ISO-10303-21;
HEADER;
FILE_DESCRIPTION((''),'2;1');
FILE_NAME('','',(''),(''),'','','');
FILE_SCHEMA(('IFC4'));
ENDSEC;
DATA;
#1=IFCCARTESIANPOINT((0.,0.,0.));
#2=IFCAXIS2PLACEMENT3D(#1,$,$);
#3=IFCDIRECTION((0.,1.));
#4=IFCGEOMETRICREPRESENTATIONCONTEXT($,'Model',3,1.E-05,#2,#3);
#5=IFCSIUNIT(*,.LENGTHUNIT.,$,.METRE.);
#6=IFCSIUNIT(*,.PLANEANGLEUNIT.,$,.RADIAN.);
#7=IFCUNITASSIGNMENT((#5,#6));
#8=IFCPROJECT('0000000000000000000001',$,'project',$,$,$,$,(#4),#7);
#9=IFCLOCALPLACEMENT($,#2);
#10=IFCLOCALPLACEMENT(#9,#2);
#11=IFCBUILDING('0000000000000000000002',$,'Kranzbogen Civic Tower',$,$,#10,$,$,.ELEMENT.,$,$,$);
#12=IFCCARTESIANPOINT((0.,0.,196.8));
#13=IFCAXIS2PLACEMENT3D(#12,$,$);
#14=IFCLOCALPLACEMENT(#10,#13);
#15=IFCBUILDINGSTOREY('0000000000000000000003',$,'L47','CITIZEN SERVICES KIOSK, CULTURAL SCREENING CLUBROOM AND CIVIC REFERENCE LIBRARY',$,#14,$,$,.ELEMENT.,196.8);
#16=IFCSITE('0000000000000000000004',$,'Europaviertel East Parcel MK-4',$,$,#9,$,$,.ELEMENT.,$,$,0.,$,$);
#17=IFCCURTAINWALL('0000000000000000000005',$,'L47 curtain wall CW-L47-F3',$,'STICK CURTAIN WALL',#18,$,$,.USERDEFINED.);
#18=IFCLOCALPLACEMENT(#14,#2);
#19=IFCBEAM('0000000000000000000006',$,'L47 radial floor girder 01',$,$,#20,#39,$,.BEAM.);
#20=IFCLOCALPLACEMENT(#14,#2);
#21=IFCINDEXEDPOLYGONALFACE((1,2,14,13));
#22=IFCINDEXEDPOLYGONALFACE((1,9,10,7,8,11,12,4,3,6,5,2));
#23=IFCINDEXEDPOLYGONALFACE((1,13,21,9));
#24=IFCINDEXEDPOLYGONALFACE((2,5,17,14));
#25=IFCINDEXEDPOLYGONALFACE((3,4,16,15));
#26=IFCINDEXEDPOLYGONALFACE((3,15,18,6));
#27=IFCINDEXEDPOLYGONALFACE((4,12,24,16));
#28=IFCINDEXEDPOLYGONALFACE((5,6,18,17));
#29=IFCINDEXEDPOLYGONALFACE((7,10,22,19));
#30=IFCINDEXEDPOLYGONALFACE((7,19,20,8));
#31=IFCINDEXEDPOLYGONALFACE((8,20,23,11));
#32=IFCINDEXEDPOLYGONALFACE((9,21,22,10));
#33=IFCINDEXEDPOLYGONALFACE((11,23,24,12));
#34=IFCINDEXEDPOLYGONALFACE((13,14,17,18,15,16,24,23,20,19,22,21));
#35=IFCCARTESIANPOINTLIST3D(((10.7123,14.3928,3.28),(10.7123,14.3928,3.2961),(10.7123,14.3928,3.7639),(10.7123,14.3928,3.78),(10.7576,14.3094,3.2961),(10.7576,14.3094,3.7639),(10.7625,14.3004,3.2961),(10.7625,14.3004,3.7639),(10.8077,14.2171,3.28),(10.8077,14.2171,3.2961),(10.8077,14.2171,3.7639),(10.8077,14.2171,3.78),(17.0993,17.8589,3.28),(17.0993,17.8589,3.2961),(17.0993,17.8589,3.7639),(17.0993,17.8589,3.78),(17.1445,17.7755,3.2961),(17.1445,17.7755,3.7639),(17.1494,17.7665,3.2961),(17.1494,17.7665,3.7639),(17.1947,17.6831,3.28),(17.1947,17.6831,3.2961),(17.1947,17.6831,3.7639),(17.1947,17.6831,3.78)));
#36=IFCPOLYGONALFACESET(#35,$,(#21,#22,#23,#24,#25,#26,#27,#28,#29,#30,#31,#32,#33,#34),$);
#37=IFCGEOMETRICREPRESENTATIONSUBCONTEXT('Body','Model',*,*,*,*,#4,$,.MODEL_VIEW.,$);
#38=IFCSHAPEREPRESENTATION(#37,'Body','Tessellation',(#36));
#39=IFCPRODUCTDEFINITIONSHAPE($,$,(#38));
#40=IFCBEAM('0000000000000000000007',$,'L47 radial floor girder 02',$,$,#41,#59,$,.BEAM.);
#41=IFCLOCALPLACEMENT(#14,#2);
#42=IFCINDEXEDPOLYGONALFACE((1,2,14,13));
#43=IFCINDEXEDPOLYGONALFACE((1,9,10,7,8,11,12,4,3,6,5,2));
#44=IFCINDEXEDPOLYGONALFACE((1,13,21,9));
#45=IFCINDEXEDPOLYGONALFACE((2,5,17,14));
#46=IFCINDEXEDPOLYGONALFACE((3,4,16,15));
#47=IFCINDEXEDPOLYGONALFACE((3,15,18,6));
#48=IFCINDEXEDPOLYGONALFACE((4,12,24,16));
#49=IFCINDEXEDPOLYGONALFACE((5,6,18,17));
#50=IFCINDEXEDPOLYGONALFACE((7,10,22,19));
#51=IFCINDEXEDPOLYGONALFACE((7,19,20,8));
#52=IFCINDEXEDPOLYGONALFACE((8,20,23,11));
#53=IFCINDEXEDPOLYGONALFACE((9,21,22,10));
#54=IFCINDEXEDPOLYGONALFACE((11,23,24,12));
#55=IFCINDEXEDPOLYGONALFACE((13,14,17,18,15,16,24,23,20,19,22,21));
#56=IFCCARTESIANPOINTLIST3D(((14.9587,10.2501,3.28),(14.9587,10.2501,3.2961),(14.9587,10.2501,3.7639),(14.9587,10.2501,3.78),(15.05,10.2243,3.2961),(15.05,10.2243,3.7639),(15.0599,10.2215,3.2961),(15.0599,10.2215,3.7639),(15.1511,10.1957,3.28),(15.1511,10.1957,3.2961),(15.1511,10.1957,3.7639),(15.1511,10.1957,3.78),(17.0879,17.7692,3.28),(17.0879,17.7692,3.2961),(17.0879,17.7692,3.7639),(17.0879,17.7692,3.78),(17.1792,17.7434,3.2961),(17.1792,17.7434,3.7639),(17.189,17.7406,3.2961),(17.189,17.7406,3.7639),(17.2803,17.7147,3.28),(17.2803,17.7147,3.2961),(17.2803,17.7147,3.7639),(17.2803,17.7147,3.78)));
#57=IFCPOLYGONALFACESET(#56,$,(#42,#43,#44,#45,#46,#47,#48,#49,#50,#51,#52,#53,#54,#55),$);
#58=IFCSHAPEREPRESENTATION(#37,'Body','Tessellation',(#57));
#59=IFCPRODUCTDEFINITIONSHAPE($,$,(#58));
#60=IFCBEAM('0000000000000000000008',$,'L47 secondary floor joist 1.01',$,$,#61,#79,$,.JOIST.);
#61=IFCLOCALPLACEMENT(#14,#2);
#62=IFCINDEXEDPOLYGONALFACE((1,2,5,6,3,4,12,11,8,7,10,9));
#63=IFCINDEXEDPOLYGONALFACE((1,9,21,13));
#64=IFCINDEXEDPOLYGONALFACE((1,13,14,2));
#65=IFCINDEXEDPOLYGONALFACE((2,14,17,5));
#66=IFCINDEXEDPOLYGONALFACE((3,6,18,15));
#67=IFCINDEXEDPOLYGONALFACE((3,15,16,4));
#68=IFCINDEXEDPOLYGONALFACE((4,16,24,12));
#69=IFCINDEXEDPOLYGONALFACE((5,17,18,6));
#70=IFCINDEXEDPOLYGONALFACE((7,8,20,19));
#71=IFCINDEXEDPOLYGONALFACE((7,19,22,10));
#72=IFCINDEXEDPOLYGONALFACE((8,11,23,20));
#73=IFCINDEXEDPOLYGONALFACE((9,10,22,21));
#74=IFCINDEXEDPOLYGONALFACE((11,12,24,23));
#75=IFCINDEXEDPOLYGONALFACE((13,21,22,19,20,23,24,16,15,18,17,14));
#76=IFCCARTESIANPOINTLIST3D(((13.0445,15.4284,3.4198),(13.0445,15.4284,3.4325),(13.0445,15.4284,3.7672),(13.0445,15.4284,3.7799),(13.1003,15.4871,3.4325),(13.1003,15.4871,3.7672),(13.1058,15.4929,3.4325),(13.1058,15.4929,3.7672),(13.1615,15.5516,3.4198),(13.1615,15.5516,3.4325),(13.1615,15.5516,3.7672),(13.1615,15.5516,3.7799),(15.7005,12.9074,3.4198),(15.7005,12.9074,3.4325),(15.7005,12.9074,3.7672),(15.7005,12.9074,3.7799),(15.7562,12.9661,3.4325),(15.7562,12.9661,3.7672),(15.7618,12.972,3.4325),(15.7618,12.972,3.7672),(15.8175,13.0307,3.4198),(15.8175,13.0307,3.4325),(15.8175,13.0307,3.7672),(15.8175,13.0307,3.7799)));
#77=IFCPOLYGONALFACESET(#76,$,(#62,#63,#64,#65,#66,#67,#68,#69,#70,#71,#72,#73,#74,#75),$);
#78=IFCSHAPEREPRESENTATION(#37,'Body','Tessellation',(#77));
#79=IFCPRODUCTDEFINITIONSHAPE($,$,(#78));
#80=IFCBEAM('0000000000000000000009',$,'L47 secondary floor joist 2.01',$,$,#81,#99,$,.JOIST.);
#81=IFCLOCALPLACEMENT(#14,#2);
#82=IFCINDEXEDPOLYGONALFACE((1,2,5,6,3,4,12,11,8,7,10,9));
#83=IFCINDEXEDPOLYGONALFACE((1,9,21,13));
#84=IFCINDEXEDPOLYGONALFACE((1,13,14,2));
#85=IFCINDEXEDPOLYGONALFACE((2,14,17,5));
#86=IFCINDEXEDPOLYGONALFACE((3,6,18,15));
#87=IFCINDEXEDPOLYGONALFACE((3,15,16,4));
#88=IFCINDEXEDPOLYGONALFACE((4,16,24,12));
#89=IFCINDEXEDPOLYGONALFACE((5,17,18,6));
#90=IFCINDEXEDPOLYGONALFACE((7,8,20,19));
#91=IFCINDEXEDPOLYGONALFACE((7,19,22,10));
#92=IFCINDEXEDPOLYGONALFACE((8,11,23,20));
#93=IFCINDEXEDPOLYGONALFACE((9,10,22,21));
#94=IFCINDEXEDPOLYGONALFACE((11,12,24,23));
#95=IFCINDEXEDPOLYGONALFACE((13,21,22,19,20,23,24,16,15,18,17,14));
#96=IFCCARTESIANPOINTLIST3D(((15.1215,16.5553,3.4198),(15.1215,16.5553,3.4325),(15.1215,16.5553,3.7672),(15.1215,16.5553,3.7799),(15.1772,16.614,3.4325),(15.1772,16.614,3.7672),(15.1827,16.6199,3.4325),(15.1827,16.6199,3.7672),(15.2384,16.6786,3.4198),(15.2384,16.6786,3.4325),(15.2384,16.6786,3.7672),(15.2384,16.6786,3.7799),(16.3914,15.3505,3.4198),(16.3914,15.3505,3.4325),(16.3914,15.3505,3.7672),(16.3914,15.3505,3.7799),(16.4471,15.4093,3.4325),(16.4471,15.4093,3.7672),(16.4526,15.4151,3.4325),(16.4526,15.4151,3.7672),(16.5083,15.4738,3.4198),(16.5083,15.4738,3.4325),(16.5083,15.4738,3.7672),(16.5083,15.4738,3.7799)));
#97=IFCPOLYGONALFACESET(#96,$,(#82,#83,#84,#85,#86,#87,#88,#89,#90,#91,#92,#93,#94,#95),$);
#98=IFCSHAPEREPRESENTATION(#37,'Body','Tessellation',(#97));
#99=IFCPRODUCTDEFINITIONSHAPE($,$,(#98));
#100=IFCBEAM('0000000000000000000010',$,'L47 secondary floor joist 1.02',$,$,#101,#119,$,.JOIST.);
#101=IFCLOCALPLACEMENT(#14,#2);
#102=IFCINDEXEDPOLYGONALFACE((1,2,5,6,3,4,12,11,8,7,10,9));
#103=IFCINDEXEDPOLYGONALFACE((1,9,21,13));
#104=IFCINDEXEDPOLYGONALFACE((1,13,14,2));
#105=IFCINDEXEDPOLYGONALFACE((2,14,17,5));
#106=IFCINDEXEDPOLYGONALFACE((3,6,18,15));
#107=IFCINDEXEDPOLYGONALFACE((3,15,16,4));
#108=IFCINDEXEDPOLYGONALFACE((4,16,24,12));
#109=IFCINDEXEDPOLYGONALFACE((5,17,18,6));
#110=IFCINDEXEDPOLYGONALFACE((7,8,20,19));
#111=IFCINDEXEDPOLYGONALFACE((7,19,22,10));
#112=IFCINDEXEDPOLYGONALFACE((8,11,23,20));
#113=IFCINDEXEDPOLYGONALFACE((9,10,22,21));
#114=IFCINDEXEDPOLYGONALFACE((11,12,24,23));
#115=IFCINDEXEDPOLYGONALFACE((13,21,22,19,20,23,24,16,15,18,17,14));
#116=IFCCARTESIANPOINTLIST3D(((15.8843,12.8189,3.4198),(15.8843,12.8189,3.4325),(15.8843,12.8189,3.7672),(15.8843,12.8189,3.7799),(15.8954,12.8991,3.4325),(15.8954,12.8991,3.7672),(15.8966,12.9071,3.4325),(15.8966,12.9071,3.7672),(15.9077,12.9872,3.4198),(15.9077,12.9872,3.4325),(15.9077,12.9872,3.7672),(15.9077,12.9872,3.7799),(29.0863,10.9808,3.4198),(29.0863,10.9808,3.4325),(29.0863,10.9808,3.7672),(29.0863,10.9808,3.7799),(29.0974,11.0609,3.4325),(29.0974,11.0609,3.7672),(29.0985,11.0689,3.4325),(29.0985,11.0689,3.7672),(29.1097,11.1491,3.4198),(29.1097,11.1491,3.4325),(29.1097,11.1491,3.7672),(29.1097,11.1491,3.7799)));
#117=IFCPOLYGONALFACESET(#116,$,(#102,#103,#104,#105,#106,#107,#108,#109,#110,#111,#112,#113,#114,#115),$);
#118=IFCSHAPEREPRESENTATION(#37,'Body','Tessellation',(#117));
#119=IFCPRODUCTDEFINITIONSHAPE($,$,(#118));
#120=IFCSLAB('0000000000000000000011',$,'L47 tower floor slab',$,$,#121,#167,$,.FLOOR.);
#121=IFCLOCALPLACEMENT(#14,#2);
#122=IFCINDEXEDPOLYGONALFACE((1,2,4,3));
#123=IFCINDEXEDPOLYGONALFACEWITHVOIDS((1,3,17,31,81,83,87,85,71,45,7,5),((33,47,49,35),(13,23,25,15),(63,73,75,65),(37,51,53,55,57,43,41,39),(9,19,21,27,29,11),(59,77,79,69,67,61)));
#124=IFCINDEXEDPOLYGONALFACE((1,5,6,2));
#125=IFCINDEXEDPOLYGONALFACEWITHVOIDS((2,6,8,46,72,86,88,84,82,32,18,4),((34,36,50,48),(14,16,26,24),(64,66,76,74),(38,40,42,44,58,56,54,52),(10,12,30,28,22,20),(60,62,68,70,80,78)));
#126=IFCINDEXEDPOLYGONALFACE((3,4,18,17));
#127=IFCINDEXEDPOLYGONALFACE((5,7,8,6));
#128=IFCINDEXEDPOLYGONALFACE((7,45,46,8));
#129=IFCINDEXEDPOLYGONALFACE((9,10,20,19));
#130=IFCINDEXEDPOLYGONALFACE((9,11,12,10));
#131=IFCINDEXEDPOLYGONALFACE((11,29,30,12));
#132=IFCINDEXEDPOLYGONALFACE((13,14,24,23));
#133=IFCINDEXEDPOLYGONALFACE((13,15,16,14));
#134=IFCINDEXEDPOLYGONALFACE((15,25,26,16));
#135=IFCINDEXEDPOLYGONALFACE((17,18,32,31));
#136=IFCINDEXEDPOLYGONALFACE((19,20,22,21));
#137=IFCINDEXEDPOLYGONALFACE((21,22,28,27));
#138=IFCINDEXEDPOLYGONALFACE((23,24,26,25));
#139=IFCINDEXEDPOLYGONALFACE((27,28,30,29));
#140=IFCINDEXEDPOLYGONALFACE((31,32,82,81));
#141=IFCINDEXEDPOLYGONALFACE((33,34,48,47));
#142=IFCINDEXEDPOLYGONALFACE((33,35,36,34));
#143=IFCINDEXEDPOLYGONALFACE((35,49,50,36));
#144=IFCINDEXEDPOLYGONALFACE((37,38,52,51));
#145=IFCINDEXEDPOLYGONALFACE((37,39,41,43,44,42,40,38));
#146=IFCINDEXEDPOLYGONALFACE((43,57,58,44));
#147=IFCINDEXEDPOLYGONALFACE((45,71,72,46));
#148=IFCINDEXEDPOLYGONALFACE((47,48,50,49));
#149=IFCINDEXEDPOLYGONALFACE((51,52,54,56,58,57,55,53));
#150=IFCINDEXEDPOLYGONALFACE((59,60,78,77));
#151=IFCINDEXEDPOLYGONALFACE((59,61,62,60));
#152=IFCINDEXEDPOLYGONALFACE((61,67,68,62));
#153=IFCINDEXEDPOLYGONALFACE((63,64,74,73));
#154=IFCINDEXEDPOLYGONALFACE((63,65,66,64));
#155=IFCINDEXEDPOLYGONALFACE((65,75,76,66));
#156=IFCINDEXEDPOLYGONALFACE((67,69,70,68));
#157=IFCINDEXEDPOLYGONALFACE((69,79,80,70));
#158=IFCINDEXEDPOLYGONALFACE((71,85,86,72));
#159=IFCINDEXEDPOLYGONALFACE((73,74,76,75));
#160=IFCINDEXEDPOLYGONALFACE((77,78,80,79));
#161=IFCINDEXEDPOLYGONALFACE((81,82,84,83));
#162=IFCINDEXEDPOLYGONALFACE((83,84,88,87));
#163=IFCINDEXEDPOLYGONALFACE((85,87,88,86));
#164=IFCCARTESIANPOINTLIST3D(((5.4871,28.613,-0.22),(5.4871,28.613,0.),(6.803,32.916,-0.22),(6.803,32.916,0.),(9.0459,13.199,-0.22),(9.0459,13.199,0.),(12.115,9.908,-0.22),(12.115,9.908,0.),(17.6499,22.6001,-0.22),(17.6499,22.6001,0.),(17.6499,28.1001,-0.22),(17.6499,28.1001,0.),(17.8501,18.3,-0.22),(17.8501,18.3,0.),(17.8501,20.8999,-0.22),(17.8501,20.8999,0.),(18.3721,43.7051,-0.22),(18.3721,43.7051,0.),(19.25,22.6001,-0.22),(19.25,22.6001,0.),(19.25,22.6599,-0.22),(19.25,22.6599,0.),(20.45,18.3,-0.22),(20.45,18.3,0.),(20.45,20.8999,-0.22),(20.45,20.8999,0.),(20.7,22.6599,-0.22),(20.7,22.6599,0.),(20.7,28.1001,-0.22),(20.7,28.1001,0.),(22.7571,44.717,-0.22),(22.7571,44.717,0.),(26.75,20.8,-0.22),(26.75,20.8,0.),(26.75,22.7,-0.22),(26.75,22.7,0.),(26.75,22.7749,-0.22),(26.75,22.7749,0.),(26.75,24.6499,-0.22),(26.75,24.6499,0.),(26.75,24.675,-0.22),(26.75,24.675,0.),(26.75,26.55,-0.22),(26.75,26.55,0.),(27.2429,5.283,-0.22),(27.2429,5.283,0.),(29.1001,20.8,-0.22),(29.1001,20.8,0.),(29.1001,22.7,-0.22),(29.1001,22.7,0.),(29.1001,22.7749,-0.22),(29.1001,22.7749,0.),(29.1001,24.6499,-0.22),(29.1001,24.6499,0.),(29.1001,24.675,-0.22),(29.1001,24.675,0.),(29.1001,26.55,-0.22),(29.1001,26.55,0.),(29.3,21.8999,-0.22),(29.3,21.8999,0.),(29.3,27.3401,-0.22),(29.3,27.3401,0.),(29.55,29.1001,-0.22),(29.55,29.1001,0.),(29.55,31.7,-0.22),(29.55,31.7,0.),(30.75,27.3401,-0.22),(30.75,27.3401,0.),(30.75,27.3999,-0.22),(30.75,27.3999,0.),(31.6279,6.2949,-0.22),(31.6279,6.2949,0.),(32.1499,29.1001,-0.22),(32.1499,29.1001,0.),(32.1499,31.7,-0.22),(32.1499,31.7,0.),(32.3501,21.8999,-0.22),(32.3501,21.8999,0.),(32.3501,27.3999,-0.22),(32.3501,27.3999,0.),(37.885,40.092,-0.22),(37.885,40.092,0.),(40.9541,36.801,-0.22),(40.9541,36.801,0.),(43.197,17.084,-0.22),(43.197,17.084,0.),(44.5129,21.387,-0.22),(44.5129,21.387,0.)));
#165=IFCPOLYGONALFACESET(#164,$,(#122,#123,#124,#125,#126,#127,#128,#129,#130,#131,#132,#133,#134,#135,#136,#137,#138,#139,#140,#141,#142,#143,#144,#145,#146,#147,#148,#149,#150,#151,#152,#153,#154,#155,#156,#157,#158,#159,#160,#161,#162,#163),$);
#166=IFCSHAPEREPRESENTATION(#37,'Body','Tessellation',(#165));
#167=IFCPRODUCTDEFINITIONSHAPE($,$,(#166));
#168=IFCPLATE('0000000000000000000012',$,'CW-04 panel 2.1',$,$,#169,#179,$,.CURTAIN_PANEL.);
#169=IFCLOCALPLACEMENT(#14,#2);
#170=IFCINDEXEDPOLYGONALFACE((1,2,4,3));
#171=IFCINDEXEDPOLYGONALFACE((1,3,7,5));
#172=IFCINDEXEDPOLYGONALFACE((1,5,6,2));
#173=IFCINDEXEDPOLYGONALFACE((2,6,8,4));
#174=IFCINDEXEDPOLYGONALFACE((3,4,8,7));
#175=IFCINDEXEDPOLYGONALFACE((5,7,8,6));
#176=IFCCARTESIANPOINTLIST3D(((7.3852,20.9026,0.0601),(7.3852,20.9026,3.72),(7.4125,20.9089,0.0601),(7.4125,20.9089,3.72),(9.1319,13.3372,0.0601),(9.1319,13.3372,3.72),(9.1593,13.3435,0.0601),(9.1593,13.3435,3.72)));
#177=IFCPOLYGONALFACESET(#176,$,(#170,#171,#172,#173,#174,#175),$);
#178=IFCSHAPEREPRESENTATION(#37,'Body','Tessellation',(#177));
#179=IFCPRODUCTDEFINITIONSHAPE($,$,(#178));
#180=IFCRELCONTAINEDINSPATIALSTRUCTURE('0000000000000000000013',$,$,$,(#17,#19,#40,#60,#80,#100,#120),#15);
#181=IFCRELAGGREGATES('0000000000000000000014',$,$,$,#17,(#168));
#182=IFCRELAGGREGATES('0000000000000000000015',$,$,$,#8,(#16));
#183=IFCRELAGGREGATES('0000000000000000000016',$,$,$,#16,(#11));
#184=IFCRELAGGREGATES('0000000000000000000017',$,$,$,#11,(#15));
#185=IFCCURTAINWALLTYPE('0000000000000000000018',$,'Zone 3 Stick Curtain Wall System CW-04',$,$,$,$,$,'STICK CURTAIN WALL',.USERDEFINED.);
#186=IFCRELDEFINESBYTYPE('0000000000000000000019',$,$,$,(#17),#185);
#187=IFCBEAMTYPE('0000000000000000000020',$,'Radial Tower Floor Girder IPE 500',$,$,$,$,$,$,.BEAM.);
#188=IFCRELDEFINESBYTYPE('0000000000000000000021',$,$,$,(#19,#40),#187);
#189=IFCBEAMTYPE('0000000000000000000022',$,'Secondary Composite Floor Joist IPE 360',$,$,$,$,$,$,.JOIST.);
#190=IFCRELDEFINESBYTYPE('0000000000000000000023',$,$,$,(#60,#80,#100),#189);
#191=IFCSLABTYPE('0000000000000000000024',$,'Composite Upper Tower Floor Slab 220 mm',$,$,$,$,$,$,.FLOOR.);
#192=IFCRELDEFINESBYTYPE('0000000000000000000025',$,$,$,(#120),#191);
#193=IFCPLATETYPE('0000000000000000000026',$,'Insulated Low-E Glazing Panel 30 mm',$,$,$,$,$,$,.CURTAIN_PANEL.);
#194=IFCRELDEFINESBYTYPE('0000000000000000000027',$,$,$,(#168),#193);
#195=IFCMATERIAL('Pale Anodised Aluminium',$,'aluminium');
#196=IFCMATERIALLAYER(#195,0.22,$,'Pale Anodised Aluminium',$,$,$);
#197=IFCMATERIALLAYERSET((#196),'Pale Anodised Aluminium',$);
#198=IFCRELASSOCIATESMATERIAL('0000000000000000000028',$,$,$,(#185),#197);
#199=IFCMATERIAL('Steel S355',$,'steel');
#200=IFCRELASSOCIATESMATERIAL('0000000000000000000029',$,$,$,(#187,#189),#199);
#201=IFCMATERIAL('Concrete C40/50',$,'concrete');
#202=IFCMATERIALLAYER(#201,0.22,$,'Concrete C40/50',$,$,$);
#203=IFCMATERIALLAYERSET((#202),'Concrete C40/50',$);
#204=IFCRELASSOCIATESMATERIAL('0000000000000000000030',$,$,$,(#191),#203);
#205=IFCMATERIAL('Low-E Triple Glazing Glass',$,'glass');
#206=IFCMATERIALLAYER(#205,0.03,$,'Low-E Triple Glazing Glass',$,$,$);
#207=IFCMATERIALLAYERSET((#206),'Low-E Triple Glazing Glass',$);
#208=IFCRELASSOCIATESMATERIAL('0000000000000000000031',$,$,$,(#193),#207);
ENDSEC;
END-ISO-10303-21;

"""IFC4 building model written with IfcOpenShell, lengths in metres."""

from ifc_helpers import new_model, si_unit, direction, frame, origin, origin_2d, place, context, subcontext, project, spatial, polyline, rectangle, i_section, outline, extrude, material, layer, layer_set, material_profile, profile_set, type_object, element, aggregate, save


model = new_model("IFC4")

# Units and contexts
model_context = context("Model", 3, precision=1e-05, world=origin(), true_north=direction((0.0, 1.0)))
body_context = subcontext(model_context, "Body", "Model", "MODEL_VIEW")
ifc_project = project(units=[si_unit("LENGTHUNIT", "METRE"), si_unit("PLANEANGLEUNIT", "RADIAN")], contexts=[model_context])

# Site, building, storey
site_placement = place(None, origin())
site = spatial("IfcSite", under=ifc_project, at=site_placement, Name="Europaviertel East Parcel MK-4", CompositionType="ELEMENT", RefElevation=0.0)
building_placement = place(site_placement, origin())
building = spatial("IfcBuilding", under=site, at=building_placement, Name="Kranzbogen Civic Tower", CompositionType="ELEMENT")
storey_placement = place(building_placement, frame((0.0, 0.0, 196.8)))
storey = spatial("IfcBuildingStorey", under=building, at=storey_placement, Name="L47", Description="CITIZEN SERVICES KIOSK, CULTURAL SCREENING CLUBROOM AND CIVIC REFERENCE LIBRARY", CompositionType="ELEMENT", Elevation=196.8)

# Shared definitions
ifc_material_1 = material(Name="Steel S355", Category="steel")

# Curtain wall
ifc_material_2 = material(Name="Pale Anodised Aluminium", Category="aluminium")
ifc_layer_1 = layer(ifc_material_2, 0.22, Name="Pale Anodised Aluminium")
ifc_layer_set_1 = layer_set([ifc_layer_1], Name="Pale Anodised Aluminium")
curtain_wall_type = type_object("IfcCurtainWallType", Name="Zone 3 Stick Curtain Wall System CW-04", ElementType="STICK CURTAIN WALL", PredefinedType="USERDEFINED", material=ifc_layer_set_1)
curtain_wall_1_placement = place(storey_placement, origin())
curtain_wall_1 = element("IfcCurtainWall", 1, at=curtain_wall_1_placement, inside=storey, type_object=curtain_wall_type, Name="L47 curtain wall CW-L47-F3", ObjectType="STICK CURTAIN WALL", PredefinedType="USERDEFINED")

# Beams
ifc_material_profile_1 = material_profile(ifc_material_1, i_section(OverallWidth=0.2, OverallDepth=0.5, WebThickness=0.0103, FlangeThickness=0.0161, at=origin_2d()), Name="IPE 500")
ifc_profile_set_1 = profile_set([ifc_material_profile_1], Name="Steel S355")
beam_type_1 = type_object("IfcBeamType", Name="Radial Tower Floor Girder IPE 500", PredefinedType="BEAM", material=ifc_profile_set_1)
beam_1_placement = place(storey_placement, frame((10.76, 14.3049, 3.53), z_axis=(0.878919, 0.47697, 0.0), x_axis=(-0.47697, 0.878919, 0.0)))
element("IfcBeam", 2, at=beam_1_placement, inside=storey, type_object=beam_type_1, Name="L47 radial floor girder 01", PredefinedType="BEAM", context=body_context, shape_type="SweptSolid", body=[
    extrude(i_section(OverallWidth=0.2, OverallDepth=0.5, WebThickness=0.0103, FlangeThickness=0.0161, at=origin_2d()), origin(), (0.0, 0.0, 1.0), 7.2668),
])
beam_2_placement = place(storey_placement, frame((15.0549, 10.2229, 3.53), z_axis=(0.272455, 0.962169, 0.0), x_axis=(-0.962169, 0.272455, 0.0)))
element("IfcBeam", 3, at=beam_2_placement, inside=storey, type_object=beam_type_1, Name="L47 radial floor girder 02", PredefinedType="BEAM", context=body_context, shape_type="SweptSolid", body=[
    extrude(i_section(OverallWidth=0.2, OverallDepth=0.5, WebThickness=0.0103, FlangeThickness=0.0161, at=origin_2d()), origin(), (0.0, 0.0, 1.0), 7.8147),
])
ifc_material_profile_2 = material_profile(ifc_material_1, i_section(OverallWidth=0.1699, OverallDepth=0.3601, WebThickness=0.0081, FlangeThickness=0.0127, at=origin_2d()), Name="IPE 360")
ifc_profile_set_2 = profile_set([ifc_material_profile_2], Name="Steel S355")
beam_type_2 = type_object("IfcBeamType", Name="Secondary Composite Floor Joist IPE 360", PredefinedType="JOIST", material=ifc_profile_set_2)
beam_3_placement = place(storey_placement, frame((13.103, 15.49, 3.5999), z_axis=(0.725301, -0.688432, 0.0), x_axis=(0.688432, 0.725301, 0.0)))
element("IfcBeam", 4, at=beam_3_placement, inside=storey, type_object=beam_type_2, Name="L47 secondary floor joist 1.01", PredefinedType="JOIST", context=body_context, shape_type="SweptSolid", body=[
    extrude(i_section(OverallWidth=0.1699, OverallDepth=0.3601, WebThickness=0.0081, FlangeThickness=0.0127, at=origin_2d()), origin(), (0.0, 0.0, 1.0), 3.6619),
])
beam_4_placement = place(storey_placement, frame((15.1799, 16.6169, 3.5999), z_axis=(0.72548, -0.688243, 0.0), x_axis=(0.688243, 0.72548, 0.0)))
element("IfcBeam", 5, at=beam_4_placement, inside=storey, type_object=beam_type_2, Name="L47 secondary floor joist 2.01", PredefinedType="JOIST", context=body_context, shape_type="SweptSolid", body=[
    extrude(i_section(OverallWidth=0.1699, OverallDepth=0.3601, WebThickness=0.0081, FlangeThickness=0.0127, at=origin_2d()), origin(), (0.0, 0.0, 1.0), 1.7505),
])
beam_5_placement = place(storey_placement, frame((15.896, 12.9031, 3.5999), z_axis=(0.990446, -0.137902, 0.0), x_axis=(0.137902, 0.990446, 0.0)))
element("IfcBeam", 6, at=beam_5_placement, inside=storey, type_object=beam_type_2, Name="L47 secondary floor joist 1.02", PredefinedType="JOIST", context=body_context, shape_type="SweptSolid", body=[
    extrude(i_section(OverallWidth=0.1699, OverallDepth=0.3601, WebThickness=0.0081, FlangeThickness=0.0127, at=origin_2d()), origin(), (0.0, 0.0, 1.0), 13.3293),
])

# Slab
ifc_material_3 = material(Name="Concrete C40/50", Category="concrete")
ifc_layer_2 = layer(ifc_material_3, 0.22, Name="Concrete C40/50")
ifc_layer_set_2 = layer_set([ifc_layer_2], Name="Concrete C40/50")
slab_type_1 = type_object("IfcSlabType", Name="Composite Upper Tower Floor Slab 220 mm", PredefinedType="FLOOR", material=ifc_layer_set_2)
slab_1_placement = place(storey_placement, frame((0.0, 0.0, -0.22)))
element("IfcSlab", 7, at=slab_1_placement, inside=storey, type_object=slab_type_1, Name="L47 tower floor slab", PredefinedType="FLOOR", context=body_context, shape_type="SweptSolid", body=[
    extrude(outline(polyline([(37.885, 40.092), (22.7571, 44.717), (18.3721, 43.7051), (6.803, 32.916), (5.4871, 28.613), (9.0459, 13.199), (12.115, 9.908), (27.2429, 5.283), (31.6279, 6.2949), (43.197, 17.084), (44.5129, 21.387), (40.9541, 36.801), (37.885, 40.092)]), holes=[polyline([(17.8501, 20.8999), (20.45, 20.8999), (20.45, 18.3), (17.8501, 18.3), (17.8501, 20.8999)]), polyline([(29.1001, 22.7), (29.1001, 20.8), (26.75, 20.8), (26.75, 22.7), (29.1001, 22.7)]), polyline([(29.1001, 24.6499), (29.1001, 22.7749), (26.75, 22.7749), (26.75, 24.6499), (26.75, 24.675), (26.75, 26.55), (29.1001, 26.55), (29.1001, 24.675), (29.1001, 24.6499)]), polyline([(29.3, 27.3401), (30.75, 27.3401), (30.75, 27.3999), (32.3501, 27.3999), (32.3501, 21.8999), (29.3, 21.8999), (29.3, 27.3401)]), polyline([(20.7, 22.6599), (19.25, 22.6599), (19.25, 22.6001), (17.6499, 22.6001), (17.6499, 28.1001), (20.7, 28.1001), (20.7, 22.6599)]), polyline([(32.1499, 31.7), (32.1499, 29.1001), (29.55, 29.1001), (29.55, 31.7), (32.1499, 31.7)])]), origin(), (0.0, 0.0, 1.0), 0.22),
])

# Plate
ifc_material_4 = material(Name="Low-E Triple Glazing Glass", Category="glass")
ifc_layer_3 = layer(ifc_material_4, 0.03, Name="Low-E Triple Glazing Glass")
ifc_layer_set_3 = layer_set([ifc_layer_3], Name="Low-E Triple Glazing Glass")
plate_type = type_object("IfcPlateType", Name="Insulated Low-E Glazing Panel 30 mm", PredefinedType="CURTAIN_PANEL", material=ifc_layer_set_3)
plate_1_placement = place(storey_placement, frame((8.2722, 17.123, 0.0601), z_axis=(0.0, 0.0, 1.0), x_axis=(0.224971, -0.974365, 0.0)))
plate_1 = element("IfcPlate", 8, at=plate_1_placement, type_object=plate_type, Name="CW-04 panel 2.1", PredefinedType="CURTAIN_PANEL", context=body_context, shape_type="SweptSolid", body=[
    extrude(rectangle(XDim=7.7644, YDim=0.0281, at=origin_2d()), origin(), (0.0, 0.0, 1.0), 3.6599),
])
aggregate(curtain_wall_1, [plate_1])

save(model, "model.ifc")
